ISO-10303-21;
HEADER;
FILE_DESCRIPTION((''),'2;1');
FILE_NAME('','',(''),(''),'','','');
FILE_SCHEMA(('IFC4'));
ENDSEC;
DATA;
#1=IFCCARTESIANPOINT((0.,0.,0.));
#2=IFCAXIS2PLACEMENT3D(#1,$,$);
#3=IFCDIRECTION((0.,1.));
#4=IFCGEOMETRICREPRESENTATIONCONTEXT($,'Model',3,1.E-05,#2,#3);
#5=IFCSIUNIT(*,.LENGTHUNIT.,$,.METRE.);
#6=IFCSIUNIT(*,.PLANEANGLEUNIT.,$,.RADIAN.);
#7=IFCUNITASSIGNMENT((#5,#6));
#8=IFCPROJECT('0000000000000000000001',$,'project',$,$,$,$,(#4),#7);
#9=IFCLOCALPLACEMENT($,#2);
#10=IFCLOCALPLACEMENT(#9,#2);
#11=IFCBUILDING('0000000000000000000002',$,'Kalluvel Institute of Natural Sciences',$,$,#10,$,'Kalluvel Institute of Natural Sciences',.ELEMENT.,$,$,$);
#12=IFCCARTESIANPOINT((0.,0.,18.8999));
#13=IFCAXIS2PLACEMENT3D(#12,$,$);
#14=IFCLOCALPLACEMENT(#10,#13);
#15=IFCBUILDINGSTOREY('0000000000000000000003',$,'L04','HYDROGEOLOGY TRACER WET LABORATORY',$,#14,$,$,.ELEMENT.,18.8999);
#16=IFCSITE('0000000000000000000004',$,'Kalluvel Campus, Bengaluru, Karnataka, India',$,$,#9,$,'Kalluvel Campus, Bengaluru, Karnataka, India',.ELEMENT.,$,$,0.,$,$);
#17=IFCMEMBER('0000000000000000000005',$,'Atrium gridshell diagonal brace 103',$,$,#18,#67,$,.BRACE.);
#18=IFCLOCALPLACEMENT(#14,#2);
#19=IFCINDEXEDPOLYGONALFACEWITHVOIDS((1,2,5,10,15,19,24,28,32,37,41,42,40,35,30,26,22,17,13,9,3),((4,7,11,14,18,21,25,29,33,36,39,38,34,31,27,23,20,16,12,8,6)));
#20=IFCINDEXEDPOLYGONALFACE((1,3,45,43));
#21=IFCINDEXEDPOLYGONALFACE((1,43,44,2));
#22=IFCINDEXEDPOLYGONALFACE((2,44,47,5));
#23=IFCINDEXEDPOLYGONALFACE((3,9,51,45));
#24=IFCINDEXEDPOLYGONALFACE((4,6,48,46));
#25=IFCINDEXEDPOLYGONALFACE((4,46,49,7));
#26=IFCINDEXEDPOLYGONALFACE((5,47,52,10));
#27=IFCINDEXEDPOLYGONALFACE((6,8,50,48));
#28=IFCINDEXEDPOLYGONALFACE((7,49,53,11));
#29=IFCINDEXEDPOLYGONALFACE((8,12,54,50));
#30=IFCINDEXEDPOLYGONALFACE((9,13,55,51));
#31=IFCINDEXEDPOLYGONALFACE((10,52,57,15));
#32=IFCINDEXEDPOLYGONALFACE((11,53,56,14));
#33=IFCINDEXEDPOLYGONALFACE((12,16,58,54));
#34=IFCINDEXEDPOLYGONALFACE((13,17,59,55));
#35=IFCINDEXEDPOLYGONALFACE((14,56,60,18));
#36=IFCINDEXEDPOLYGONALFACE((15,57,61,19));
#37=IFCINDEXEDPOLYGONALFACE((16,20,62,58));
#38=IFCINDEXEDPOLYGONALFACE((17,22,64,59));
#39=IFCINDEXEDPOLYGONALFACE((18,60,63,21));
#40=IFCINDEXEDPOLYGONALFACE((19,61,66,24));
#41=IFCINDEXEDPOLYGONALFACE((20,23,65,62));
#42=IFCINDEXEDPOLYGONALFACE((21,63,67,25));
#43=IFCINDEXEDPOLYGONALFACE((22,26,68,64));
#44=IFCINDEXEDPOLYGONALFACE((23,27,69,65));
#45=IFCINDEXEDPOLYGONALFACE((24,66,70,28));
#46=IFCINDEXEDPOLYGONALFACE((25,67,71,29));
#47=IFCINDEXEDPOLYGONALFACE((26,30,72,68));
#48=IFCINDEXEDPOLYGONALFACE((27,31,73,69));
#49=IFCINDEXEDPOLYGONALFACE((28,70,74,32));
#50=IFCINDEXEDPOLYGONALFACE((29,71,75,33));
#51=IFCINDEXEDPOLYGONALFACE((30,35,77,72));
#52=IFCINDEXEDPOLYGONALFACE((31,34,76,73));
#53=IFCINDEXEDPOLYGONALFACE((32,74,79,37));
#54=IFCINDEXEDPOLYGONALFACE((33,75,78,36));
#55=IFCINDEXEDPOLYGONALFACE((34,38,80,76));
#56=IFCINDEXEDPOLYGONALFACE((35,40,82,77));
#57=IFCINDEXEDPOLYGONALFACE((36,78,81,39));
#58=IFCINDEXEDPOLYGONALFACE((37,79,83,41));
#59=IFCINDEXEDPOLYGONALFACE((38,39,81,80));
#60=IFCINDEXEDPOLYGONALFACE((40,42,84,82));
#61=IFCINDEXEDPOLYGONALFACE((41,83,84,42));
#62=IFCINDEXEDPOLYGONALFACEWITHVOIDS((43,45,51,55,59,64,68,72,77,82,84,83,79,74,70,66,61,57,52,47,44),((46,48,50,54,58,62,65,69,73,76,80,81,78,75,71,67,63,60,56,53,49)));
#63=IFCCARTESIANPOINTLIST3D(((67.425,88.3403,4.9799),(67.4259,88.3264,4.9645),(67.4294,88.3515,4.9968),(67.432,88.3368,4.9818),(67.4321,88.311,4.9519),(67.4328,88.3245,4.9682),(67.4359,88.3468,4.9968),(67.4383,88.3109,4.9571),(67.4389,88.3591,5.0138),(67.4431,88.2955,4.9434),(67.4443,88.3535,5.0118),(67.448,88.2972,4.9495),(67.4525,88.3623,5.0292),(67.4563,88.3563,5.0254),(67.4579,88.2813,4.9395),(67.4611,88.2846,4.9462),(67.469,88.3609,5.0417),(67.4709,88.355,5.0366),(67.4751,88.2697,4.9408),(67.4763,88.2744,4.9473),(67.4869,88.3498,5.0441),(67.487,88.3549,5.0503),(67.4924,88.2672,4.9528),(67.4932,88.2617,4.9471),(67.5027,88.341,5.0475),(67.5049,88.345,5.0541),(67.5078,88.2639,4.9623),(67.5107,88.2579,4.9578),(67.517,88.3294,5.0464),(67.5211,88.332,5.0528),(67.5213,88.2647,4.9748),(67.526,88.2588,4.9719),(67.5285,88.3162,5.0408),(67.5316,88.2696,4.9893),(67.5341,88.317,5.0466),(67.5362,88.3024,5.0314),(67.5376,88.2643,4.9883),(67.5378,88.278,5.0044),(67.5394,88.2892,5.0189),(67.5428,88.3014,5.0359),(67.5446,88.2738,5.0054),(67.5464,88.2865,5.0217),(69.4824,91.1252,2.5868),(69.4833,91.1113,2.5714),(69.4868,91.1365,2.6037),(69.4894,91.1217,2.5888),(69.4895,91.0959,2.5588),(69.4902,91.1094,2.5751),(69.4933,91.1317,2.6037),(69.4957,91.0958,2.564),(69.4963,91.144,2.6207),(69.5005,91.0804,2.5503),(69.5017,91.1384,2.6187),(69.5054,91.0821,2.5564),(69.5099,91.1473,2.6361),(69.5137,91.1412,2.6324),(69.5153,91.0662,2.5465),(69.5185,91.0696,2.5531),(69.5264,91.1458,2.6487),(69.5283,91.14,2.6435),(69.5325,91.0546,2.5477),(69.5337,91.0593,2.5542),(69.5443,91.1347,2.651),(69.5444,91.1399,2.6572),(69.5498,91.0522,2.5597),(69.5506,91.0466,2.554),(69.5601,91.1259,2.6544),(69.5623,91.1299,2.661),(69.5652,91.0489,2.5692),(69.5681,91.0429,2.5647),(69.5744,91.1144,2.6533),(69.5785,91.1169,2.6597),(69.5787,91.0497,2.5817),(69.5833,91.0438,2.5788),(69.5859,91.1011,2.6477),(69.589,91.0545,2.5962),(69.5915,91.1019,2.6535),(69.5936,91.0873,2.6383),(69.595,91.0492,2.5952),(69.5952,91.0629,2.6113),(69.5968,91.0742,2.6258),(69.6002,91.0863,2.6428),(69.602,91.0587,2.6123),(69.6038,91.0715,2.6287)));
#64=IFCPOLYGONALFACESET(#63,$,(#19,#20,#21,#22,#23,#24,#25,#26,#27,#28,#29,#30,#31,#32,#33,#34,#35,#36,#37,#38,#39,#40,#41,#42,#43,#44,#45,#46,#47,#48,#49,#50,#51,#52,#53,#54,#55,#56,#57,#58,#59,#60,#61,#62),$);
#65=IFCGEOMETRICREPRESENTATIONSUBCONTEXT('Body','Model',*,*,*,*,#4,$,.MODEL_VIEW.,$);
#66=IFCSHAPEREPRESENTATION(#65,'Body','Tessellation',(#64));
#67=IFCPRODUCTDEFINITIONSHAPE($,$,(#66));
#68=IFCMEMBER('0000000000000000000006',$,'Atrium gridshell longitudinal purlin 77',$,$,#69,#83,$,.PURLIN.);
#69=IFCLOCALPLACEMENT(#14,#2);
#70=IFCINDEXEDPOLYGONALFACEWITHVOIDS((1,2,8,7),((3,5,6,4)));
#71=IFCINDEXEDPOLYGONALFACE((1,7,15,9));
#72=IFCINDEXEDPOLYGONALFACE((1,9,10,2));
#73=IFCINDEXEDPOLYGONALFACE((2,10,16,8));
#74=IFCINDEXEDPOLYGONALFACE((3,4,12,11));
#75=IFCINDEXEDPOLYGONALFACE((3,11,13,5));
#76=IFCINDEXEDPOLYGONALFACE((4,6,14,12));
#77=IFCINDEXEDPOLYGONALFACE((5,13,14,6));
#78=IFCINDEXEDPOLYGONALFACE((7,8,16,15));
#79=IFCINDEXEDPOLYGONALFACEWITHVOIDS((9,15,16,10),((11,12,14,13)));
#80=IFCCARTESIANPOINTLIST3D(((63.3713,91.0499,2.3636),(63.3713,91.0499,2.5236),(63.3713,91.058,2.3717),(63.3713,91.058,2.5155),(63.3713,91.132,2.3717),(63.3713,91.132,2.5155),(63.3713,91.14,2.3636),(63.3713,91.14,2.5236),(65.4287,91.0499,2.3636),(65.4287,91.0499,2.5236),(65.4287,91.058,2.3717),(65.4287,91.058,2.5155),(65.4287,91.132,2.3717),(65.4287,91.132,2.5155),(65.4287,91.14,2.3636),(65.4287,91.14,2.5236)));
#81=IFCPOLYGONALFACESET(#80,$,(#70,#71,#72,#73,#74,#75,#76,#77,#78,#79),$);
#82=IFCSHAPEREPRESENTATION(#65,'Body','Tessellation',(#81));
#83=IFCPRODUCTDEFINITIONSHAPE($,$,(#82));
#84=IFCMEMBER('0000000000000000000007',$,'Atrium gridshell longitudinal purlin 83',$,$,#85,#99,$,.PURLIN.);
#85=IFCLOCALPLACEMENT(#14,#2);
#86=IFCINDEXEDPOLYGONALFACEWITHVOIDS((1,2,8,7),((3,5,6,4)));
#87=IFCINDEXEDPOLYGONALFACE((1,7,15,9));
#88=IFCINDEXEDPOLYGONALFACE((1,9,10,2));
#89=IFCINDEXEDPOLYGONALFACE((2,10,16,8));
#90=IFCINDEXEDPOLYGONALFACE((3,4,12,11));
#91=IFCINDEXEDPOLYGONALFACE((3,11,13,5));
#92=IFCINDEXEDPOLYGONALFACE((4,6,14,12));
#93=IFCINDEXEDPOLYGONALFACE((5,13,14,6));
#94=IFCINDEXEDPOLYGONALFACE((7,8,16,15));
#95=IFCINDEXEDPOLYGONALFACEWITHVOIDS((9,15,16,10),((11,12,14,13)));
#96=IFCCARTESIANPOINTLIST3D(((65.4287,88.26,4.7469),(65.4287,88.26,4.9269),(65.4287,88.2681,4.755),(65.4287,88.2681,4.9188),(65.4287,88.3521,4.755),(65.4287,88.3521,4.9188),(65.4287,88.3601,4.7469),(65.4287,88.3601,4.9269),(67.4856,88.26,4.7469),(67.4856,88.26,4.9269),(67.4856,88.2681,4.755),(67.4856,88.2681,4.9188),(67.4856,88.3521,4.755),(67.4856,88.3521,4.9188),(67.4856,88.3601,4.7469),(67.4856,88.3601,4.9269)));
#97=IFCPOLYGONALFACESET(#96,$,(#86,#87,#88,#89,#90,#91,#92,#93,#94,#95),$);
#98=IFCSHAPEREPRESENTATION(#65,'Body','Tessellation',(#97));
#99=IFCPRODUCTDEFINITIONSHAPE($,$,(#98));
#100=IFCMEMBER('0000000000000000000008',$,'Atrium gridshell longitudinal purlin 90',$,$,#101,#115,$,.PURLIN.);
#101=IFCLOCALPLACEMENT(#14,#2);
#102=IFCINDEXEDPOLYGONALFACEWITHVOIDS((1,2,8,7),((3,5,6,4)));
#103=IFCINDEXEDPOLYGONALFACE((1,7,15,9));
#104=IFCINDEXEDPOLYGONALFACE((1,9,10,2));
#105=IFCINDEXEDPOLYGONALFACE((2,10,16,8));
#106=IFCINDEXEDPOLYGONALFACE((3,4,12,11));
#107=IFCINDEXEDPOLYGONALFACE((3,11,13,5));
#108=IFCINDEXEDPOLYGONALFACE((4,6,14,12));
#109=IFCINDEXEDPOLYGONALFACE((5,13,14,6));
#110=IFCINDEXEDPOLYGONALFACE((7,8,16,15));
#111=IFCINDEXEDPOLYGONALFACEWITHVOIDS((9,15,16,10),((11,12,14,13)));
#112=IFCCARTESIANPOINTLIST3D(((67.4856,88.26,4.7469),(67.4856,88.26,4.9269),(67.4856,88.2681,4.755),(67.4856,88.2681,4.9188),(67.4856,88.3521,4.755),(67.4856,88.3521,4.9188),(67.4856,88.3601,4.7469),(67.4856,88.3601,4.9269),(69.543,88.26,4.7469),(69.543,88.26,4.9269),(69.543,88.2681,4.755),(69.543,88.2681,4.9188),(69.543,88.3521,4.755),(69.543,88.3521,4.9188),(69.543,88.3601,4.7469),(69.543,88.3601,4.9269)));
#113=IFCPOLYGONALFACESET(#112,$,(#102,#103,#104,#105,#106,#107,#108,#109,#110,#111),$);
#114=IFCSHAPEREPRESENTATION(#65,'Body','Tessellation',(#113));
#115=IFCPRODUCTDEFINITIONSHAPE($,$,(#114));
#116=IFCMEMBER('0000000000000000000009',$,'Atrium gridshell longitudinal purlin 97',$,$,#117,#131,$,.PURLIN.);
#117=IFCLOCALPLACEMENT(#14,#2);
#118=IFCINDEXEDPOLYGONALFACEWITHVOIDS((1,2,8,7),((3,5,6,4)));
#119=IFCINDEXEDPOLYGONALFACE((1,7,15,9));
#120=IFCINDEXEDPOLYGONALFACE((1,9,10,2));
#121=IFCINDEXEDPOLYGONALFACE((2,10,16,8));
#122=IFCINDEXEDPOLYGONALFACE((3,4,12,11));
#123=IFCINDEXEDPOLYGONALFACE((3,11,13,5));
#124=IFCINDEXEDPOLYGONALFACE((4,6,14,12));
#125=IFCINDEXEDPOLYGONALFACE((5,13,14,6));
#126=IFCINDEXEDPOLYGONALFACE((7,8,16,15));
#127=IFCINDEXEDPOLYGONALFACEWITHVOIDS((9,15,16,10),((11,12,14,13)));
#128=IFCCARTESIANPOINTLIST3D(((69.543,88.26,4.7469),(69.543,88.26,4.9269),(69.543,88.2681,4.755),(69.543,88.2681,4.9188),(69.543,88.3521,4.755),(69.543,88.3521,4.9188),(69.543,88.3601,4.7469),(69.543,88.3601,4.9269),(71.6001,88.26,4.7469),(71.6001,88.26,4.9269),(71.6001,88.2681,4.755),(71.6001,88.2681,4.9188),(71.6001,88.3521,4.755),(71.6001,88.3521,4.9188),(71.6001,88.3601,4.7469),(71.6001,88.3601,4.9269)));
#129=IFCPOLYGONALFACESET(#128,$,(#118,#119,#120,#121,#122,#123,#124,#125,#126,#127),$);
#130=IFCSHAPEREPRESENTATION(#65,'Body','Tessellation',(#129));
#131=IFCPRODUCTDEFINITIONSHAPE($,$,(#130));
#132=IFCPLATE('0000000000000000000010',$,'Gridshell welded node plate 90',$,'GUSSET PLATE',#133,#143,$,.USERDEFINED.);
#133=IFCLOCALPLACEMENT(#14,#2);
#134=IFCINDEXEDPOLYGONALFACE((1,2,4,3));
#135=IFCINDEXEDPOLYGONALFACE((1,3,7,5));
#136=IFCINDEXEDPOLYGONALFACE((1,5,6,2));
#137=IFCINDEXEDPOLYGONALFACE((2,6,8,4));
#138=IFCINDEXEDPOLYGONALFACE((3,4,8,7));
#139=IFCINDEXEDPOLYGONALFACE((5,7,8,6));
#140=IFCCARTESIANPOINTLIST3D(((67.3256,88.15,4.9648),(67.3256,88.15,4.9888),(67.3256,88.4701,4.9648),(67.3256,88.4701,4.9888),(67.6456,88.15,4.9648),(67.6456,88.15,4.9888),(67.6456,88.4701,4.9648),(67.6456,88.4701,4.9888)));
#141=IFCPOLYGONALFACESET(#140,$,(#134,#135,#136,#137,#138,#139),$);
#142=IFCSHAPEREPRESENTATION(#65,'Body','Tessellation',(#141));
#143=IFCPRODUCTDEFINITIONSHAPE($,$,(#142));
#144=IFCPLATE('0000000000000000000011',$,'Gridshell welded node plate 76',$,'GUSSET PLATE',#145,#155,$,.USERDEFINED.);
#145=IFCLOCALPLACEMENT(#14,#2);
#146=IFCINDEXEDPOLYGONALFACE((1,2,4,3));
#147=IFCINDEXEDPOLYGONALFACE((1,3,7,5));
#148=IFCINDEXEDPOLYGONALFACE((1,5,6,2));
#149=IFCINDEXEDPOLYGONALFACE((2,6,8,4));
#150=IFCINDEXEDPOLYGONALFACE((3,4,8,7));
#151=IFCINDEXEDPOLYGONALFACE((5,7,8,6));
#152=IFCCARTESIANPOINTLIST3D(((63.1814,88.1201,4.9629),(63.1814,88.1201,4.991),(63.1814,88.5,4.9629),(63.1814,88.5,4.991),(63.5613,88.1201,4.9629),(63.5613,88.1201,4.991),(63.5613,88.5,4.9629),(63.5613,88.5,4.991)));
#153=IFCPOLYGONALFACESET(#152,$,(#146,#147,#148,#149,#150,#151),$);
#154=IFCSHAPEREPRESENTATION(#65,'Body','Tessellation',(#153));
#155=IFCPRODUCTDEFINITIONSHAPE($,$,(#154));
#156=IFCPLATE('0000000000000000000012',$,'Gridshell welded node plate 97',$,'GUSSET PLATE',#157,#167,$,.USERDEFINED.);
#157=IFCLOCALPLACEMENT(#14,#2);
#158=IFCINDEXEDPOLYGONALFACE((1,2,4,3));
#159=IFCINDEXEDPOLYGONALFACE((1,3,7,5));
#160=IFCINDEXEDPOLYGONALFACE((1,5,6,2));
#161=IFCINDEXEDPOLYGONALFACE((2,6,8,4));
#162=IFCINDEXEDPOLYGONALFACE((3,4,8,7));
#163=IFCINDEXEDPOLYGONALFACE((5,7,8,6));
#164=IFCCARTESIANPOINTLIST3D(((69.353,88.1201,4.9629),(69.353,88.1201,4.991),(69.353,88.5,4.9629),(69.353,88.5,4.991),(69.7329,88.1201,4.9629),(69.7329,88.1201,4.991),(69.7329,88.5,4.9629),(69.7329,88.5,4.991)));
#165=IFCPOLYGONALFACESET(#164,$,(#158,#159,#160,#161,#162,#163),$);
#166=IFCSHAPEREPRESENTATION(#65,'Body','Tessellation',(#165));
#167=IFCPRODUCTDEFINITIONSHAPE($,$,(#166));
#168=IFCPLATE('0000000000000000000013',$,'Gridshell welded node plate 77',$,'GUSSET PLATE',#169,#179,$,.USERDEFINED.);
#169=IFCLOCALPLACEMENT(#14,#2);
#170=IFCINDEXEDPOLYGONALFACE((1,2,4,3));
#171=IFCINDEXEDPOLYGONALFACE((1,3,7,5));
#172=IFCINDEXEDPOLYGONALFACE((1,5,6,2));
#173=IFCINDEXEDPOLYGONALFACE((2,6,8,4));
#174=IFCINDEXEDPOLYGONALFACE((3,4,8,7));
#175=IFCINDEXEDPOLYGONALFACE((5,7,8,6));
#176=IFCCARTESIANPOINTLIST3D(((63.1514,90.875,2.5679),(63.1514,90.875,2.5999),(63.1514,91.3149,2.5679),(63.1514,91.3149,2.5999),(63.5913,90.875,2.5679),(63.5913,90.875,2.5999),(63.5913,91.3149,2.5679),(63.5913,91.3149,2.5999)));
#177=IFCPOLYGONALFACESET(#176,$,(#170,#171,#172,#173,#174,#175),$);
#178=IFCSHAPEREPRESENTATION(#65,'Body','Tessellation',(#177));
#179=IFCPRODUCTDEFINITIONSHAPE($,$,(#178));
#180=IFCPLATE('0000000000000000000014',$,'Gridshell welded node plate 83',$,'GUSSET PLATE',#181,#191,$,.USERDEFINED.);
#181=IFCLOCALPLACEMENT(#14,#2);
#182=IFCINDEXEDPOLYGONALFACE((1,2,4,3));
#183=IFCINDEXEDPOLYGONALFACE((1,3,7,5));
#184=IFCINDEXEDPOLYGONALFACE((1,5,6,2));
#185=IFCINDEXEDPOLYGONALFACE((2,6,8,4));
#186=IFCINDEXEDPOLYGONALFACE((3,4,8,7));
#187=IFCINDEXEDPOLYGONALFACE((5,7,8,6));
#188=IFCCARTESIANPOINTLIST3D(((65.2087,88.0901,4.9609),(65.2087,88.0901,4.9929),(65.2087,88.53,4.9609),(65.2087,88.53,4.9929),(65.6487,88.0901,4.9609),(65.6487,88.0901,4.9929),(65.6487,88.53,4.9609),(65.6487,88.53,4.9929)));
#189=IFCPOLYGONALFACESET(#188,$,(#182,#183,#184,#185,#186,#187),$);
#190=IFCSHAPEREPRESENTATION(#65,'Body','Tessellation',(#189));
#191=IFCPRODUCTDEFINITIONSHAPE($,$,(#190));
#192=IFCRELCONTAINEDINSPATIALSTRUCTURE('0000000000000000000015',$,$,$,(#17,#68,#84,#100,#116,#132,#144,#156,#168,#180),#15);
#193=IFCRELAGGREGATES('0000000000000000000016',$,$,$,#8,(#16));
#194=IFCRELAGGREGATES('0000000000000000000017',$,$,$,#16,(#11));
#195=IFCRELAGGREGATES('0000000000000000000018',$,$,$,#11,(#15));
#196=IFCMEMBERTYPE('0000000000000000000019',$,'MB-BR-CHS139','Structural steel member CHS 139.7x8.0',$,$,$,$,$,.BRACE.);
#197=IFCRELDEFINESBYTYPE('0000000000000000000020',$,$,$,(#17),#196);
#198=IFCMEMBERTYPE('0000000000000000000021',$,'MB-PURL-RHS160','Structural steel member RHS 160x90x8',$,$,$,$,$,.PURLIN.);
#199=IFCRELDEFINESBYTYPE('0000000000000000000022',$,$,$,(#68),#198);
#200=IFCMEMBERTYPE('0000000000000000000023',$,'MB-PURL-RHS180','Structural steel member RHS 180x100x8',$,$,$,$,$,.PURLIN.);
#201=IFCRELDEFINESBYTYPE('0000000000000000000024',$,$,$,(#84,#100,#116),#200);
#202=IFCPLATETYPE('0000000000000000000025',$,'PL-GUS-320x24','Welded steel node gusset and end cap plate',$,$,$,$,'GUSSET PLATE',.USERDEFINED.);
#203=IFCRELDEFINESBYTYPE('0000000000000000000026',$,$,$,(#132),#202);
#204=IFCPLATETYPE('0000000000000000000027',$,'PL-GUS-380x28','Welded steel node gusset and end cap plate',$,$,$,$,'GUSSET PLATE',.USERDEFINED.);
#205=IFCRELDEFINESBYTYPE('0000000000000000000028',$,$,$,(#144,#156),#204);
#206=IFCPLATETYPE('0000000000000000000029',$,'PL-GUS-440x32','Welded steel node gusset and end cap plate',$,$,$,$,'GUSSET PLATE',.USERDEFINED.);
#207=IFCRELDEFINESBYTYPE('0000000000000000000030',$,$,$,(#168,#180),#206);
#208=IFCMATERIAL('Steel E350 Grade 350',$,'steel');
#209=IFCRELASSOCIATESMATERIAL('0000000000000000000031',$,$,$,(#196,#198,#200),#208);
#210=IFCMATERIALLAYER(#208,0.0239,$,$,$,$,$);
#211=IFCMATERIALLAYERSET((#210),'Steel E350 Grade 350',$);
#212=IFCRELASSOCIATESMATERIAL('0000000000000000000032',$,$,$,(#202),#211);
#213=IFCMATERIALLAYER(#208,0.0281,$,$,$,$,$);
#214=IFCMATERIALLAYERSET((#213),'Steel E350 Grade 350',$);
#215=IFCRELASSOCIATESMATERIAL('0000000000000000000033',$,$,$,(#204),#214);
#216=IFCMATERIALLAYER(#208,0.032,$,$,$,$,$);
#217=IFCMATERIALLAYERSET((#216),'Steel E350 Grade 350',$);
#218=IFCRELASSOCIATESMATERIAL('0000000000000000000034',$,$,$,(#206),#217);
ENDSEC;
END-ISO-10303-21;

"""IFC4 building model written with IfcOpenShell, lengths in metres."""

from ifc_helpers import new_model, si_unit, direction, frame, origin, origin_2d, place, context, subcontext, project, spatial, rectangle, hollow_rectangle, hollow_circle, extrude, material, layer, layer_set, material_profile, profile_set, type_object, element, save


model = new_model("IFC4")

# Units and contexts
model_context = context("Model", 3, precision=1e-05, world=origin(), true_north=direction((0.0, 1.0)))
body_context = subcontext(model_context, "Body", "Model", "MODEL_VIEW")
ifc_project = project(units=[si_unit("LENGTHUNIT", "METRE"), si_unit("PLANEANGLEUNIT", "RADIAN")], contexts=[model_context])

# Site, building, storey
site_placement = place(None, origin())
site = spatial("IfcSite", under=ifc_project, at=site_placement, Name="Kalluvel Campus, Bengaluru, Karnataka, India", LongName="Kalluvel Campus, Bengaluru, Karnataka, India", CompositionType="ELEMENT", RefElevation=0.0)
building_placement = place(site_placement, origin())
building = spatial("IfcBuilding", under=site, at=building_placement, Name="Kalluvel Institute of Natural Sciences", LongName="Kalluvel Institute of Natural Sciences", CompositionType="ELEMENT")
storey_placement = place(building_placement, frame((0.0, 0.0, 18.8999)))
storey = spatial("IfcBuildingStorey", under=building, at=storey_placement, Name="L04", Description="HYDROGEOLOGY TRACER WET LABORATORY", CompositionType="ELEMENT", Elevation=18.8999)

# Members
ifc_material_1 = material(Name="Steel E350 Grade 350", Category="steel")
ifc_material_profile_1 = material_profile(ifc_material_1, hollow_circle(Radius=0.0698, WallThickness=0.0081, at=origin_2d()), Name="CHS 139.7x8.0")
ifc_profile_set_1 = profile_set([ifc_material_profile_1], Name="Steel E350 Grade 350")
member_type_1 = type_object("IfcMemberType", Name="MB-BR-CHS139", Description="Structural steel member CHS 139.7x8.0", PredefinedType="BRACE", material=ifc_profile_set_1)
for number, where, z_axis, x_axis, name in (
    (1, (67.4856, 88.3101, 4.9968), (0.488809, 0.661664, -0.568566), (-0.80432, 0.594197, 0.0), "Atrium gridshell diagonal brace 103"),
):
    element("IfcMember", number, at=place(storey_placement, frame(where, z_axis=z_axis, x_axis=x_axis)), inside=storey, type_object=member_type_1, Name=name, PredefinedType="BRACE", context=body_context, shape_type="SweptSolid", body=[
        extrude(hollow_circle(Radius=0.0698, WallThickness=0.0081, at=origin_2d()), origin(), (0.0, 0.0, 1.0), 4.209),
    ])
ifc_material_profile_2 = material_profile(ifc_material_1, hollow_rectangle(XDim=0.0901, YDim=0.1599, WallThickness=0.0081, at=origin_2d()), Name="RHS 160x90x8")
ifc_profile_set_2 = profile_set([ifc_material_profile_2], Name="Steel E350 Grade 350")
member_type_2 = type_object("IfcMemberType", Name="MB-PURL-RHS160", Description="Structural steel member RHS 160x90x8", PredefinedType="PURLIN", material=ifc_profile_set_2)
member_1_placement = place(storey_placement, frame((63.3713, 91.095, 2.4436), z_axis=(1.0, 0.0, 0.0), x_axis=(0.0, 1.0, 0.0)))
element("IfcMember", 2, at=member_1_placement, inside=storey, type_object=member_type_2, Name="Atrium gridshell longitudinal purlin 77", PredefinedType="PURLIN", context=body_context, shape_type="SweptSolid", body=[
    extrude(hollow_rectangle(XDim=0.0901, YDim=0.1599, WallThickness=0.0081, at=origin_2d()), origin(), (0.0, 0.0, 1.0), 2.0574),
])
ifc_material_profile_3 = material_profile(ifc_material_1, hollow_rectangle(XDim=0.1001, YDim=0.1799, WallThickness=0.0081, at=origin_2d()), Name="RHS 180x100x8")
ifc_profile_set_3 = profile_set([ifc_material_profile_3], Name="Steel E350 Grade 350")
member_type_3 = type_object("IfcMemberType", Name="MB-PURL-RHS180", Description="Structural steel member RHS 180x100x8", PredefinedType="PURLIN", material=ifc_profile_set_3)
member_2_placement = place(storey_placement, frame((65.4287, 88.3101, 4.8369), z_axis=(1.0, 0.0, 0.0), x_axis=(0.0, 1.0, 0.0)))
element("IfcMember", 3, at=member_2_placement, inside=storey, type_object=member_type_3, Name="Atrium gridshell longitudinal purlin 83", PredefinedType="PURLIN", context=body_context, shape_type="SweptSolid", body=[
    extrude(hollow_rectangle(XDim=0.1001, YDim=0.1799, WallThickness=0.0081, at=origin_2d()), origin(), (0.0, 0.0, 1.0), 2.0569),
])
member_3_placement = place(storey_placement, frame((67.4856, 88.3101, 4.8369), z_axis=(1.0, 0.0, 0.0), x_axis=(0.0, 1.0, 0.0)))
element("IfcMember", 4, at=member_3_placement, inside=storey, type_object=member_type_3, Name="Atrium gridshell longitudinal purlin 90", PredefinedType="PURLIN", context=body_context, shape_type="SweptSolid", body=[
    extrude(hollow_rectangle(XDim=0.1001, YDim=0.1799, WallThickness=0.0081, at=origin_2d()), origin(), (0.0, 0.0, 1.0), 2.0574),
])
member_4_placement = place(storey_placement, frame((69.543, 88.3101, 4.8369), z_axis=(1.0, 0.0, 0.0), x_axis=(0.0, 1.0, 0.0)))
element("IfcMember", 5, at=member_4_placement, inside=storey, type_object=member_type_3, Name="Atrium gridshell longitudinal purlin 97", PredefinedType="PURLIN", context=body_context, shape_type="SweptSolid", body=[
    extrude(hollow_rectangle(XDim=0.1001, YDim=0.1799, WallThickness=0.0081, at=origin_2d()), origin(), (0.0, 0.0, 1.0), 2.0571),
])

# Plates
ifc_layer_1 = layer(ifc_material_1, 0.0239)
ifc_layer_set_1 = layer_set([ifc_layer_1], Name="Steel E350 Grade 350")
plate_type_1 = type_object("IfcPlateType", Name="PL-GUS-320x24", Description="Welded steel node gusset and end cap plate", ElementType="GUSSET PLATE", PredefinedType="USERDEFINED", material=ifc_layer_set_1)
plate_1_placement = place(storey_placement, frame((67.4856, 88.3101, 4.9648), z_axis=(0.0, 0.0, 1.0), x_axis=(1.0, 0.0, 0.0)))
element("IfcPlate", 6, at=plate_1_placement, inside=storey, type_object=plate_type_1, Name="Gridshell welded node plate 90", ObjectType="GUSSET PLATE", PredefinedType="USERDEFINED", context=body_context, shape_type="SweptSolid", body=[
    extrude(rectangle(XDim=0.3201, YDim=0.3201, at=origin_2d()), origin(), (0.0, 0.0, 1.0), 0.0239),
])
ifc_layer_2 = layer(ifc_material_1, 0.0281)
ifc_layer_set_2 = layer_set([ifc_layer_2], Name="Steel E350 Grade 350")
plate_type_2 = type_object("IfcPlateType", Name="PL-GUS-380x28", Description="Welded steel node gusset and end cap plate", ElementType="GUSSET PLATE", PredefinedType="USERDEFINED", material=ifc_layer_set_2)
for number, where, z_axis, x_axis, name in (
    (7, (63.3713, 88.3101, 4.9629), (0.0, 0.0, 1.0), (1.0, 0.0, 0.0), "Gridshell welded node plate 76"),
    (8, (69.543, 88.3101, 4.9629), (0.0, 0.0, 1.0), (1.0, 0.0, 0.0), "Gridshell welded node plate 97"),
):
    element("IfcPlate", number, at=place(storey_placement, frame(where, z_axis=z_axis, x_axis=x_axis)), inside=storey, type_object=plate_type_2, Name=name, ObjectType="GUSSET PLATE", PredefinedType="USERDEFINED", context=body_context, shape_type="SweptSolid", body=[
        extrude(rectangle(XDim=0.3799, YDim=0.3799, at=origin_2d()), origin(), (0.0, 0.0, 1.0), 0.0281),
    ])
ifc_layer_3 = layer(ifc_material_1, 0.032)
ifc_layer_set_3 = layer_set([ifc_layer_3], Name="Steel E350 Grade 350")
plate_type_3 = type_object("IfcPlateType", Name="PL-GUS-440x32", Description="Welded steel node gusset and end cap plate", ElementType="GUSSET PLATE", PredefinedType="USERDEFINED", material=ifc_layer_set_3)
for number, where, z_axis, x_axis, name in (
    (9, (63.3713, 91.095, 2.5679), (0.0, 0.0, 1.0), (1.0, 0.0, 0.0), "Gridshell welded node plate 77"),
    (10, (65.4287, 88.3101, 4.9609), (0.0, 0.0, 1.0), (1.0, 0.0, 0.0), "Gridshell welded node plate 83"),
):
    element("IfcPlate", number, at=place(storey_placement, frame(where, z_axis=z_axis, x_axis=x_axis)), inside=storey, type_object=plate_type_3, Name=name, ObjectType="GUSSET PLATE", PredefinedType="USERDEFINED", context=body_context, shape_type="SweptSolid", body=[
        extrude(rectangle(XDim=0.4399, YDim=0.4399, at=origin_2d()), origin(), (0.0, 0.0, 1.0), 0.032),
    ])

save(model, "model.ifc")
